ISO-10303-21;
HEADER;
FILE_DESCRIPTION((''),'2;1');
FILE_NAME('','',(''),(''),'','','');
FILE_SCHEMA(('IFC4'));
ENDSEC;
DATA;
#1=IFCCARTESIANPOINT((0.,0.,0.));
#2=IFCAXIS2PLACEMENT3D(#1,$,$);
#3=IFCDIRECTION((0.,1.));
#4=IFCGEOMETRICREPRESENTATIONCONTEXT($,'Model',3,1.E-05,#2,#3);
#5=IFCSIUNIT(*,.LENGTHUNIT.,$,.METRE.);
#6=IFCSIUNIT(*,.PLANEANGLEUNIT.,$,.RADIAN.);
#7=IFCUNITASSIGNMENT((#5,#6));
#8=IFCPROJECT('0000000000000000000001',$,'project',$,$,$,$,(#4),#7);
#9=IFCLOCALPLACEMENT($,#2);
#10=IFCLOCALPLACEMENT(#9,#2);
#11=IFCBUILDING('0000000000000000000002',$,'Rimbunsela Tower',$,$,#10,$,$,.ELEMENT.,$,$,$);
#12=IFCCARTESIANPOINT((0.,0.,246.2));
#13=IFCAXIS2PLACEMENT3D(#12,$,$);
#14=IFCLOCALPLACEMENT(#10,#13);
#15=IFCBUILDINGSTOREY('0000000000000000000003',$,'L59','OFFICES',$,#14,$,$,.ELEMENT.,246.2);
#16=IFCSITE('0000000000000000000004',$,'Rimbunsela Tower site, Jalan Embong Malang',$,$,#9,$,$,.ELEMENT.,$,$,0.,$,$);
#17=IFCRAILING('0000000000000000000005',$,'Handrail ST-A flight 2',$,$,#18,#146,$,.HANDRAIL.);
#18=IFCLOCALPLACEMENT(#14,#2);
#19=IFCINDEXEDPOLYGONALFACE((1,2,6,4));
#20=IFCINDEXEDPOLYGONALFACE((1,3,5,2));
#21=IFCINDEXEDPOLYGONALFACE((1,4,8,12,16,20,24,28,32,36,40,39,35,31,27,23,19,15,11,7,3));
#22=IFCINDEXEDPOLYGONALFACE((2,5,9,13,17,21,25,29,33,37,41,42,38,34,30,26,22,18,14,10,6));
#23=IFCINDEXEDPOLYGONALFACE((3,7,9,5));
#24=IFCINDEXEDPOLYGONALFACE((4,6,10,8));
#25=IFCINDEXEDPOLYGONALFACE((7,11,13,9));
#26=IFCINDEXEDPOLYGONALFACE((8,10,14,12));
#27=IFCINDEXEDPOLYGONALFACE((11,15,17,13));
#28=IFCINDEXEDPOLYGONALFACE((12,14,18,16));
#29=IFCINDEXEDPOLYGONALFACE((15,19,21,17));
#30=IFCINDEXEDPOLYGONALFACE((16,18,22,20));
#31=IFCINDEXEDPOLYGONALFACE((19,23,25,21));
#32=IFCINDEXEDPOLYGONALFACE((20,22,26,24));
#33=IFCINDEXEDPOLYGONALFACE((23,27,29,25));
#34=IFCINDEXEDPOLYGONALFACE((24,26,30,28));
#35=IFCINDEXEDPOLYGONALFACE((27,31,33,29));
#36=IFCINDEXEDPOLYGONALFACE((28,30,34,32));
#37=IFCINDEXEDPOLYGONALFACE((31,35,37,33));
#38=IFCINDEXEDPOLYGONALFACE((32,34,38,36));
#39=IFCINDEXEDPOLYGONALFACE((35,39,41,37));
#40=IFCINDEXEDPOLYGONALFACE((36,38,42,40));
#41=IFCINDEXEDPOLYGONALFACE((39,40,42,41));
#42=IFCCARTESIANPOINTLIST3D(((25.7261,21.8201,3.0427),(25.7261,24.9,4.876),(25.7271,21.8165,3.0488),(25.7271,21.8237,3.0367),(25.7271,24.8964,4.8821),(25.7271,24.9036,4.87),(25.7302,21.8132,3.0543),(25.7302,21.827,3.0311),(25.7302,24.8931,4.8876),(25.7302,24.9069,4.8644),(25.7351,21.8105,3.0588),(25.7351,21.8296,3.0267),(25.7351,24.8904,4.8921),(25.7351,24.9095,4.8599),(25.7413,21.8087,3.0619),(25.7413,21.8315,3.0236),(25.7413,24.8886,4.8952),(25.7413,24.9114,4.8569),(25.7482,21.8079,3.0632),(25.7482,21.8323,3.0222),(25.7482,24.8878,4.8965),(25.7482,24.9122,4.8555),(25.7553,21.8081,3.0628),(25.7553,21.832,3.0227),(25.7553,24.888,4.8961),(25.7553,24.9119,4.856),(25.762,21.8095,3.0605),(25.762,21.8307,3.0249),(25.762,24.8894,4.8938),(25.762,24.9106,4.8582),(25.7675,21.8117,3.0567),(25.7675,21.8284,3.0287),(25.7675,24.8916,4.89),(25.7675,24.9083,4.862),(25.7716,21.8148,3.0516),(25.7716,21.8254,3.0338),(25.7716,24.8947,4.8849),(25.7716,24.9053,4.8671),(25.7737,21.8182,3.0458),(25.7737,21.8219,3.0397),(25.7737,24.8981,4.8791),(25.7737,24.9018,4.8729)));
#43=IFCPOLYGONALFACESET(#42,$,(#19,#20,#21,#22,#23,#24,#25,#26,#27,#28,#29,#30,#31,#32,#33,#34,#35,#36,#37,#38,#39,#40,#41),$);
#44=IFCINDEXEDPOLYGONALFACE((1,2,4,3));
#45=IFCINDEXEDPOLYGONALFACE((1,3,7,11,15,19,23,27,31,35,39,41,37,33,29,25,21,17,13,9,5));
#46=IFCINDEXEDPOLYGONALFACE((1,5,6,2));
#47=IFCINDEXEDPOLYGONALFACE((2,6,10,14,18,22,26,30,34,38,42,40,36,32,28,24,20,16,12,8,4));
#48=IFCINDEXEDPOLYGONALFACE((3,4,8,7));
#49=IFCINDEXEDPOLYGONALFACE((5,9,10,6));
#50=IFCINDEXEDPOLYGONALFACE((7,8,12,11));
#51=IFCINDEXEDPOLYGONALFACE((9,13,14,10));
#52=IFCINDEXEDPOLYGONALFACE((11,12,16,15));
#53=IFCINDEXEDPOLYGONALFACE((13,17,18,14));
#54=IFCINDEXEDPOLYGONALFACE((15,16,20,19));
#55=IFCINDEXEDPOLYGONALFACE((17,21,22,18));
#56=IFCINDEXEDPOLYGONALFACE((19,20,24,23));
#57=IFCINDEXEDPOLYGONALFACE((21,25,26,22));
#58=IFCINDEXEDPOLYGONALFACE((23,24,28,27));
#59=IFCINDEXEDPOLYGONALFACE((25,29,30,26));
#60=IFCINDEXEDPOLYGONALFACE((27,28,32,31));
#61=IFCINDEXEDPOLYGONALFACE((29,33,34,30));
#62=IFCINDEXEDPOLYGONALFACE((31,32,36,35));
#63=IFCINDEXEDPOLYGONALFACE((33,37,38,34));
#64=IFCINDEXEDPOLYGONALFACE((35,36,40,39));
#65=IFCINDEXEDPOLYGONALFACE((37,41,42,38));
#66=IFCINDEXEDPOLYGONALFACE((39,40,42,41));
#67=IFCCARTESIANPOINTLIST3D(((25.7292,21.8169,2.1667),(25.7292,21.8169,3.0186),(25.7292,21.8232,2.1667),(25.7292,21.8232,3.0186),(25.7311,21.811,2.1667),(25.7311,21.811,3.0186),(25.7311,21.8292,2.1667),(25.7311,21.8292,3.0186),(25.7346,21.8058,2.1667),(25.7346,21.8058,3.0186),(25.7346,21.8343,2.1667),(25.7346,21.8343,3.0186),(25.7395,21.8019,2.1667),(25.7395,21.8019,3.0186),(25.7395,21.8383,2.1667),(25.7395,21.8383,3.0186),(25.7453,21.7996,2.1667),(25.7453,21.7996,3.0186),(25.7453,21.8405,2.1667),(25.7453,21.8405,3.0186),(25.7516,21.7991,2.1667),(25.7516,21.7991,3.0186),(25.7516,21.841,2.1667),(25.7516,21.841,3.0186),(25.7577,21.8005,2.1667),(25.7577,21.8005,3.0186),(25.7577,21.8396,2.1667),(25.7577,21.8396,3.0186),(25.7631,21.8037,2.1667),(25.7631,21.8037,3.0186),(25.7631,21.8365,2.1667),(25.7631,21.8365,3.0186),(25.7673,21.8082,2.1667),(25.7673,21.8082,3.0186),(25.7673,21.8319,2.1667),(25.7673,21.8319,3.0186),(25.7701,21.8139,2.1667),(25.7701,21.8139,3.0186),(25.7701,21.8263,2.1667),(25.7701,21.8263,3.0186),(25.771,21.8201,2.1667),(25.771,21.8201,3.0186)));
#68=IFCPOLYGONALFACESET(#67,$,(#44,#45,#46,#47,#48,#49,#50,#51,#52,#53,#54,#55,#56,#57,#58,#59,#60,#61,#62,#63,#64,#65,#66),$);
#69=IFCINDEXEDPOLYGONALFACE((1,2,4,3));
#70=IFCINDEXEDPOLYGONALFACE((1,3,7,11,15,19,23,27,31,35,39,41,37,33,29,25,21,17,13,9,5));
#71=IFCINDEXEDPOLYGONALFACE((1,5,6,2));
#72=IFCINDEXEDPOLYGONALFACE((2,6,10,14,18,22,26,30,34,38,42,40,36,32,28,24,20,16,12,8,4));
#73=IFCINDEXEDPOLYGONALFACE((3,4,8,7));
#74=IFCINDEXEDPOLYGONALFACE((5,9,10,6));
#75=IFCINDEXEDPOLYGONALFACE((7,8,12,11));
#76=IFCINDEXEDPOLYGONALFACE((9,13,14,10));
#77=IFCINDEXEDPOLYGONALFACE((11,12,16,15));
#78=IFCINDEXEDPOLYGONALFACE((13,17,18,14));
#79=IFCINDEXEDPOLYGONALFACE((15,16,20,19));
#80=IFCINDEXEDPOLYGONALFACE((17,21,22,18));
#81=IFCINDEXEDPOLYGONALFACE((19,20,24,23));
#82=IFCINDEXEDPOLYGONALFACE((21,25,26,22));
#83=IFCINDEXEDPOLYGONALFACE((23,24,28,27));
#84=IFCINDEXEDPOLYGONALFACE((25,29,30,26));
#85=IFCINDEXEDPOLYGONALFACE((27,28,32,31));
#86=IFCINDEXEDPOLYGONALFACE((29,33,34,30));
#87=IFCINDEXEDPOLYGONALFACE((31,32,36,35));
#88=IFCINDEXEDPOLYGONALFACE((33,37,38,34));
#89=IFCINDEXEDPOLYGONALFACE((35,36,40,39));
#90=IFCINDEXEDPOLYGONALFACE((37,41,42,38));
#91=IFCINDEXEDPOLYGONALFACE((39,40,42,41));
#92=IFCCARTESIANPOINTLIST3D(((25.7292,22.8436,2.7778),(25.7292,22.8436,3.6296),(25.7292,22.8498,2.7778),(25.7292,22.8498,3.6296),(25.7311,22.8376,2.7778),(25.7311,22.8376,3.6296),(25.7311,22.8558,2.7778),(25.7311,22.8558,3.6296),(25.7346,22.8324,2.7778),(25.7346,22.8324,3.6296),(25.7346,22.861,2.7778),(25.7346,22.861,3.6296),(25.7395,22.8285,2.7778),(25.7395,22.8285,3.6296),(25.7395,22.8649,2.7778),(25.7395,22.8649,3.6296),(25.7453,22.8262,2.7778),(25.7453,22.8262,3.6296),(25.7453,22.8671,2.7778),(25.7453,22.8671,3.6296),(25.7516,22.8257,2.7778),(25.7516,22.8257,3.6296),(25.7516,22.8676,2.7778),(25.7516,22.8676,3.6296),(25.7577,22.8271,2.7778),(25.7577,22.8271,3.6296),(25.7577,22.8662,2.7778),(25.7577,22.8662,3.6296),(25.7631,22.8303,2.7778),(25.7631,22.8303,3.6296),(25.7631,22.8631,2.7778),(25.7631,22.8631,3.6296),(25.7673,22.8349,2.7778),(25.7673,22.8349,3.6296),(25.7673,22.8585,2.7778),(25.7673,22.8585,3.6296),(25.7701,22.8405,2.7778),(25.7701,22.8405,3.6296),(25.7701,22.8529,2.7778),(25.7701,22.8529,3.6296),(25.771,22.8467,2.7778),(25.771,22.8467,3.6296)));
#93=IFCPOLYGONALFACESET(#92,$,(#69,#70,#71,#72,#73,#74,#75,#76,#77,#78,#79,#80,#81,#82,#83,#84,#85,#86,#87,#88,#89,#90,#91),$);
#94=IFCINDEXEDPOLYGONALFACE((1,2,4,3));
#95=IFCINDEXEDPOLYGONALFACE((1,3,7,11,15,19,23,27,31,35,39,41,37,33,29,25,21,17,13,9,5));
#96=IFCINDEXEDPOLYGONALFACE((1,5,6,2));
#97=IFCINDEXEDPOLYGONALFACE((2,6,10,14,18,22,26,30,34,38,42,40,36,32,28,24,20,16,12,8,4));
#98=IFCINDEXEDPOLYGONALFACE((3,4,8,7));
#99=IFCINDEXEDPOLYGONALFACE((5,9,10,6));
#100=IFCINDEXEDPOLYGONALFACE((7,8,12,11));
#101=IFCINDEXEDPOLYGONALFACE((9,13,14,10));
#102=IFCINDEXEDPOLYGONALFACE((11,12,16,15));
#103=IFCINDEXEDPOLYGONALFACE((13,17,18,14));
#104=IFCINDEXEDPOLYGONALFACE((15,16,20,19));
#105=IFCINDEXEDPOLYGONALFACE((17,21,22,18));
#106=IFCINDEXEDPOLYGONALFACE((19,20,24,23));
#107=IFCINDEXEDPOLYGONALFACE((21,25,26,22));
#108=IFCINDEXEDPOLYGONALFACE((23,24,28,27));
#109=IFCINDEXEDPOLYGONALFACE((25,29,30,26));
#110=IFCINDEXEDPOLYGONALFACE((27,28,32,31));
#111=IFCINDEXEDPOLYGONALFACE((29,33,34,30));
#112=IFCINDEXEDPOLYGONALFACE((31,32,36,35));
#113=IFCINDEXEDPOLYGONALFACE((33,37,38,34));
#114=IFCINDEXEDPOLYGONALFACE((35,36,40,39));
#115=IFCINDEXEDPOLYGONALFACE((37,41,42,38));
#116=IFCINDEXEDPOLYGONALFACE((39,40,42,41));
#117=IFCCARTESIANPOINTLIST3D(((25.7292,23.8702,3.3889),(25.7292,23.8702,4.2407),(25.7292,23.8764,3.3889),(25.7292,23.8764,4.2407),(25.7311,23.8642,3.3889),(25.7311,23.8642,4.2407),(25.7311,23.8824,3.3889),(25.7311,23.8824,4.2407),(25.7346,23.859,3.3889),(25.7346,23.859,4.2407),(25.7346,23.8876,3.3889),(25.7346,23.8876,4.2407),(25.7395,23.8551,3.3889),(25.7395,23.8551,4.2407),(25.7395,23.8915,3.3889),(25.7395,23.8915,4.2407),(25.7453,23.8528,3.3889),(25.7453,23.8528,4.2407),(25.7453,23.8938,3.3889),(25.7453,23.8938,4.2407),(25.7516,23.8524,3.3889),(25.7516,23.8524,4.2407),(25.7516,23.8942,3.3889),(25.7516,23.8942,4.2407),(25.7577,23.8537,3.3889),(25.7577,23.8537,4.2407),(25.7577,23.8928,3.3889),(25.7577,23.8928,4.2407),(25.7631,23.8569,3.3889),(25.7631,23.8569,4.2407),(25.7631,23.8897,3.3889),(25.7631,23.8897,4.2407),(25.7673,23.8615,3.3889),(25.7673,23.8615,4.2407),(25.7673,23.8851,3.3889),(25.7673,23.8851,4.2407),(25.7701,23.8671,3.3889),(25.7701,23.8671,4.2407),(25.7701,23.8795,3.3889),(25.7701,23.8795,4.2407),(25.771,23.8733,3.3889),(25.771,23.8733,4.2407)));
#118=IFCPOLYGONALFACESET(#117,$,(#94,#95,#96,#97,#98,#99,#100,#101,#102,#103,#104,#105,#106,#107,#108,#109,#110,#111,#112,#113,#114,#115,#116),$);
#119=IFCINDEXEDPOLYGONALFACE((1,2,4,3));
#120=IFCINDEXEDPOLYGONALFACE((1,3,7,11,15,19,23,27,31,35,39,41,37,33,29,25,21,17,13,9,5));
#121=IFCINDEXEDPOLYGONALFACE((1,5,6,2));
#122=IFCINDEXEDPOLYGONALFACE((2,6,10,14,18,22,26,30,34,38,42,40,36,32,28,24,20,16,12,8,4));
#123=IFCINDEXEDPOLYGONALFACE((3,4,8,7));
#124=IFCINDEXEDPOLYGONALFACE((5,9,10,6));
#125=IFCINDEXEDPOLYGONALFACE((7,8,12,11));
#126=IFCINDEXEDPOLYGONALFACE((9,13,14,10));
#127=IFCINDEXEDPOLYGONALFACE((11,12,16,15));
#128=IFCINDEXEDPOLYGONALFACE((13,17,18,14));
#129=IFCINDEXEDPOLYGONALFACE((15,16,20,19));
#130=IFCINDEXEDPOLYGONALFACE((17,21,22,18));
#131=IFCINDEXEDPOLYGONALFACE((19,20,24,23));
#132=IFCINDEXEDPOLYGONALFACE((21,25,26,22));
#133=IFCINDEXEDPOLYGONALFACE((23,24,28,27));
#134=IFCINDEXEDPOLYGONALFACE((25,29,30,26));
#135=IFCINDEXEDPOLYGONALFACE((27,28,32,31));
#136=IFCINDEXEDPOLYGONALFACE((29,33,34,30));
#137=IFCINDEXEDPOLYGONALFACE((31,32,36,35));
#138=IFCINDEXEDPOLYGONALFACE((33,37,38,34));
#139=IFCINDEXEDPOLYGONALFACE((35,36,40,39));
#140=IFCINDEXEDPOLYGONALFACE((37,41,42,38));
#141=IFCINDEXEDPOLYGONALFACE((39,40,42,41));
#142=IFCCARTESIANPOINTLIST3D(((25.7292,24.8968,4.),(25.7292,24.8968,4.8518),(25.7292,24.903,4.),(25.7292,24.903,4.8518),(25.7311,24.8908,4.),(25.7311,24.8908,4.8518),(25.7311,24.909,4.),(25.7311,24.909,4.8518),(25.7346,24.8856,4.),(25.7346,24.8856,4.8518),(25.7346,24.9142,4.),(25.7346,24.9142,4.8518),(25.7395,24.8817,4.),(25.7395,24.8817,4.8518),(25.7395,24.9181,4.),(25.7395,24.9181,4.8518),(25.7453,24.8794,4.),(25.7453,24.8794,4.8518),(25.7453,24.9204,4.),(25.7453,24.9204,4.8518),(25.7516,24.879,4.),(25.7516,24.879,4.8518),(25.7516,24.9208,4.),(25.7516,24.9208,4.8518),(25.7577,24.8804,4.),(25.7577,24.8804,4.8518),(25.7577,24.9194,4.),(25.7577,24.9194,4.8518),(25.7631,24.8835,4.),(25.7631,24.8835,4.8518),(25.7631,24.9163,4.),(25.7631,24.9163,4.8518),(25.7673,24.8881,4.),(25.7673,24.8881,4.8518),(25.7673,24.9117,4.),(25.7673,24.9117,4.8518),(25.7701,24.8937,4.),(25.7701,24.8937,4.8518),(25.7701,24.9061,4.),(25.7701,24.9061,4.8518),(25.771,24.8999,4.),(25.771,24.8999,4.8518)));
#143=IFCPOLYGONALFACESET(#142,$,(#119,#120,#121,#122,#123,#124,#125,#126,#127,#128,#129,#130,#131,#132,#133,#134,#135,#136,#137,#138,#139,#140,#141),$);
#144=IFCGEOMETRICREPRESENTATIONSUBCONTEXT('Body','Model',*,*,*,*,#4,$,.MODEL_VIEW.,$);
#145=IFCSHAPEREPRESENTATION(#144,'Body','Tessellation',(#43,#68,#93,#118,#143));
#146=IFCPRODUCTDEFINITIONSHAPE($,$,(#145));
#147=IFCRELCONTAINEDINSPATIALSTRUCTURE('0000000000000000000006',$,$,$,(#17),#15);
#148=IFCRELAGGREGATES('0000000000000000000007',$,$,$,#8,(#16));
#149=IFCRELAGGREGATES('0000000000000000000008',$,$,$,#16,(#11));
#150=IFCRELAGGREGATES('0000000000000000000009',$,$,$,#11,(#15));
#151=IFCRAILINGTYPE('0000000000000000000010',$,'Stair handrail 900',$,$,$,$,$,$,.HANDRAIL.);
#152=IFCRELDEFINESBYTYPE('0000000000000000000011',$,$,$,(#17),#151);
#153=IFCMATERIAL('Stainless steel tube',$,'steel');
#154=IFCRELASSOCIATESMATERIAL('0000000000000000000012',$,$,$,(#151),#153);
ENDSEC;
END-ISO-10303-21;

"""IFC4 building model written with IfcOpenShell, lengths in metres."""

from ifc_helpers import new_model, si_unit, direction, frame, origin, origin_2d, place, context, subcontext, project, spatial, circle, extrude, material, type_object, element, save


model = new_model("IFC4")

# Units and contexts
model_context = context("Model", 3, precision=1e-05, world=origin(), true_north=direction((0.0, 1.0)))
body_context = subcontext(model_context, "Body", "Model", "MODEL_VIEW")
ifc_project = project(units=[si_unit("LENGTHUNIT", "METRE"), si_unit("PLANEANGLEUNIT", "RADIAN")], contexts=[model_context])

# Site, building, storey
site_placement = place(None, origin())
site = spatial("IfcSite", under=ifc_project, at=site_placement, Name="Rimbunsela Tower site, Jalan Embong Malang", CompositionType="ELEMENT", RefElevation=0.0)
building_placement = place(site_placement, origin())
building = spatial("IfcBuilding", under=site, at=building_placement, Name="Rimbunsela Tower", CompositionType="ELEMENT")
storey_placement = place(building_placement, frame((0.0, 0.0, 246.2)))
storey = spatial("IfcBuildingStorey", under=building, at=storey_placement, Name="L59", Description="OFFICES", CompositionType="ELEMENT", Elevation=246.2)

# Railing
ifc_material_1 = material(Name="Stainless steel tube", Category="steel")
railing_type = type_object("IfcRailingType", Name="Stair handrail 900", PredefinedType="HANDRAIL", material=ifc_material_1)
railing_1_placement = place(storey_placement, frame((25.75, 21.8201, 2.1667)))
element("IfcRailing", 1, at=railing_1_placement, inside=storey, type_object=railing_type, Name="Handrail ST-A flight 2", PredefinedType="HANDRAIL", context=body_context, shape_type="SweptSolid", body=[
    extrude(circle(Radius=0.0239, at=origin_2d()), frame((0.0, 0.0, 0.876), z_axis=(0.0, 0.859291, 0.511487), x_axis=(-1.0, 0.0, 0.0)), (0.0, 0.0, 1.0), 3.5842),
    extrude(circle(Radius=0.021, at=origin_2d()), origin(), (0.0, 0.0, 1.0), 0.8518),
    extrude(circle(Radius=0.021, at=origin_2d()), frame((0.0, 1.0266, 0.6111)), (0.0, 0.0, 1.0), 0.8518),
    extrude(circle(Radius=0.021, at=origin_2d()), frame((0.0, 2.0532, 1.2222)), (0.0, 0.0, 1.0), 0.8518),
    extrude(circle(Radius=0.021, at=origin_2d()), frame((0.0, 3.0798, 1.8333)), (0.0, 0.0, 1.0), 0.8518),
])

save(model, "model.ifc")
